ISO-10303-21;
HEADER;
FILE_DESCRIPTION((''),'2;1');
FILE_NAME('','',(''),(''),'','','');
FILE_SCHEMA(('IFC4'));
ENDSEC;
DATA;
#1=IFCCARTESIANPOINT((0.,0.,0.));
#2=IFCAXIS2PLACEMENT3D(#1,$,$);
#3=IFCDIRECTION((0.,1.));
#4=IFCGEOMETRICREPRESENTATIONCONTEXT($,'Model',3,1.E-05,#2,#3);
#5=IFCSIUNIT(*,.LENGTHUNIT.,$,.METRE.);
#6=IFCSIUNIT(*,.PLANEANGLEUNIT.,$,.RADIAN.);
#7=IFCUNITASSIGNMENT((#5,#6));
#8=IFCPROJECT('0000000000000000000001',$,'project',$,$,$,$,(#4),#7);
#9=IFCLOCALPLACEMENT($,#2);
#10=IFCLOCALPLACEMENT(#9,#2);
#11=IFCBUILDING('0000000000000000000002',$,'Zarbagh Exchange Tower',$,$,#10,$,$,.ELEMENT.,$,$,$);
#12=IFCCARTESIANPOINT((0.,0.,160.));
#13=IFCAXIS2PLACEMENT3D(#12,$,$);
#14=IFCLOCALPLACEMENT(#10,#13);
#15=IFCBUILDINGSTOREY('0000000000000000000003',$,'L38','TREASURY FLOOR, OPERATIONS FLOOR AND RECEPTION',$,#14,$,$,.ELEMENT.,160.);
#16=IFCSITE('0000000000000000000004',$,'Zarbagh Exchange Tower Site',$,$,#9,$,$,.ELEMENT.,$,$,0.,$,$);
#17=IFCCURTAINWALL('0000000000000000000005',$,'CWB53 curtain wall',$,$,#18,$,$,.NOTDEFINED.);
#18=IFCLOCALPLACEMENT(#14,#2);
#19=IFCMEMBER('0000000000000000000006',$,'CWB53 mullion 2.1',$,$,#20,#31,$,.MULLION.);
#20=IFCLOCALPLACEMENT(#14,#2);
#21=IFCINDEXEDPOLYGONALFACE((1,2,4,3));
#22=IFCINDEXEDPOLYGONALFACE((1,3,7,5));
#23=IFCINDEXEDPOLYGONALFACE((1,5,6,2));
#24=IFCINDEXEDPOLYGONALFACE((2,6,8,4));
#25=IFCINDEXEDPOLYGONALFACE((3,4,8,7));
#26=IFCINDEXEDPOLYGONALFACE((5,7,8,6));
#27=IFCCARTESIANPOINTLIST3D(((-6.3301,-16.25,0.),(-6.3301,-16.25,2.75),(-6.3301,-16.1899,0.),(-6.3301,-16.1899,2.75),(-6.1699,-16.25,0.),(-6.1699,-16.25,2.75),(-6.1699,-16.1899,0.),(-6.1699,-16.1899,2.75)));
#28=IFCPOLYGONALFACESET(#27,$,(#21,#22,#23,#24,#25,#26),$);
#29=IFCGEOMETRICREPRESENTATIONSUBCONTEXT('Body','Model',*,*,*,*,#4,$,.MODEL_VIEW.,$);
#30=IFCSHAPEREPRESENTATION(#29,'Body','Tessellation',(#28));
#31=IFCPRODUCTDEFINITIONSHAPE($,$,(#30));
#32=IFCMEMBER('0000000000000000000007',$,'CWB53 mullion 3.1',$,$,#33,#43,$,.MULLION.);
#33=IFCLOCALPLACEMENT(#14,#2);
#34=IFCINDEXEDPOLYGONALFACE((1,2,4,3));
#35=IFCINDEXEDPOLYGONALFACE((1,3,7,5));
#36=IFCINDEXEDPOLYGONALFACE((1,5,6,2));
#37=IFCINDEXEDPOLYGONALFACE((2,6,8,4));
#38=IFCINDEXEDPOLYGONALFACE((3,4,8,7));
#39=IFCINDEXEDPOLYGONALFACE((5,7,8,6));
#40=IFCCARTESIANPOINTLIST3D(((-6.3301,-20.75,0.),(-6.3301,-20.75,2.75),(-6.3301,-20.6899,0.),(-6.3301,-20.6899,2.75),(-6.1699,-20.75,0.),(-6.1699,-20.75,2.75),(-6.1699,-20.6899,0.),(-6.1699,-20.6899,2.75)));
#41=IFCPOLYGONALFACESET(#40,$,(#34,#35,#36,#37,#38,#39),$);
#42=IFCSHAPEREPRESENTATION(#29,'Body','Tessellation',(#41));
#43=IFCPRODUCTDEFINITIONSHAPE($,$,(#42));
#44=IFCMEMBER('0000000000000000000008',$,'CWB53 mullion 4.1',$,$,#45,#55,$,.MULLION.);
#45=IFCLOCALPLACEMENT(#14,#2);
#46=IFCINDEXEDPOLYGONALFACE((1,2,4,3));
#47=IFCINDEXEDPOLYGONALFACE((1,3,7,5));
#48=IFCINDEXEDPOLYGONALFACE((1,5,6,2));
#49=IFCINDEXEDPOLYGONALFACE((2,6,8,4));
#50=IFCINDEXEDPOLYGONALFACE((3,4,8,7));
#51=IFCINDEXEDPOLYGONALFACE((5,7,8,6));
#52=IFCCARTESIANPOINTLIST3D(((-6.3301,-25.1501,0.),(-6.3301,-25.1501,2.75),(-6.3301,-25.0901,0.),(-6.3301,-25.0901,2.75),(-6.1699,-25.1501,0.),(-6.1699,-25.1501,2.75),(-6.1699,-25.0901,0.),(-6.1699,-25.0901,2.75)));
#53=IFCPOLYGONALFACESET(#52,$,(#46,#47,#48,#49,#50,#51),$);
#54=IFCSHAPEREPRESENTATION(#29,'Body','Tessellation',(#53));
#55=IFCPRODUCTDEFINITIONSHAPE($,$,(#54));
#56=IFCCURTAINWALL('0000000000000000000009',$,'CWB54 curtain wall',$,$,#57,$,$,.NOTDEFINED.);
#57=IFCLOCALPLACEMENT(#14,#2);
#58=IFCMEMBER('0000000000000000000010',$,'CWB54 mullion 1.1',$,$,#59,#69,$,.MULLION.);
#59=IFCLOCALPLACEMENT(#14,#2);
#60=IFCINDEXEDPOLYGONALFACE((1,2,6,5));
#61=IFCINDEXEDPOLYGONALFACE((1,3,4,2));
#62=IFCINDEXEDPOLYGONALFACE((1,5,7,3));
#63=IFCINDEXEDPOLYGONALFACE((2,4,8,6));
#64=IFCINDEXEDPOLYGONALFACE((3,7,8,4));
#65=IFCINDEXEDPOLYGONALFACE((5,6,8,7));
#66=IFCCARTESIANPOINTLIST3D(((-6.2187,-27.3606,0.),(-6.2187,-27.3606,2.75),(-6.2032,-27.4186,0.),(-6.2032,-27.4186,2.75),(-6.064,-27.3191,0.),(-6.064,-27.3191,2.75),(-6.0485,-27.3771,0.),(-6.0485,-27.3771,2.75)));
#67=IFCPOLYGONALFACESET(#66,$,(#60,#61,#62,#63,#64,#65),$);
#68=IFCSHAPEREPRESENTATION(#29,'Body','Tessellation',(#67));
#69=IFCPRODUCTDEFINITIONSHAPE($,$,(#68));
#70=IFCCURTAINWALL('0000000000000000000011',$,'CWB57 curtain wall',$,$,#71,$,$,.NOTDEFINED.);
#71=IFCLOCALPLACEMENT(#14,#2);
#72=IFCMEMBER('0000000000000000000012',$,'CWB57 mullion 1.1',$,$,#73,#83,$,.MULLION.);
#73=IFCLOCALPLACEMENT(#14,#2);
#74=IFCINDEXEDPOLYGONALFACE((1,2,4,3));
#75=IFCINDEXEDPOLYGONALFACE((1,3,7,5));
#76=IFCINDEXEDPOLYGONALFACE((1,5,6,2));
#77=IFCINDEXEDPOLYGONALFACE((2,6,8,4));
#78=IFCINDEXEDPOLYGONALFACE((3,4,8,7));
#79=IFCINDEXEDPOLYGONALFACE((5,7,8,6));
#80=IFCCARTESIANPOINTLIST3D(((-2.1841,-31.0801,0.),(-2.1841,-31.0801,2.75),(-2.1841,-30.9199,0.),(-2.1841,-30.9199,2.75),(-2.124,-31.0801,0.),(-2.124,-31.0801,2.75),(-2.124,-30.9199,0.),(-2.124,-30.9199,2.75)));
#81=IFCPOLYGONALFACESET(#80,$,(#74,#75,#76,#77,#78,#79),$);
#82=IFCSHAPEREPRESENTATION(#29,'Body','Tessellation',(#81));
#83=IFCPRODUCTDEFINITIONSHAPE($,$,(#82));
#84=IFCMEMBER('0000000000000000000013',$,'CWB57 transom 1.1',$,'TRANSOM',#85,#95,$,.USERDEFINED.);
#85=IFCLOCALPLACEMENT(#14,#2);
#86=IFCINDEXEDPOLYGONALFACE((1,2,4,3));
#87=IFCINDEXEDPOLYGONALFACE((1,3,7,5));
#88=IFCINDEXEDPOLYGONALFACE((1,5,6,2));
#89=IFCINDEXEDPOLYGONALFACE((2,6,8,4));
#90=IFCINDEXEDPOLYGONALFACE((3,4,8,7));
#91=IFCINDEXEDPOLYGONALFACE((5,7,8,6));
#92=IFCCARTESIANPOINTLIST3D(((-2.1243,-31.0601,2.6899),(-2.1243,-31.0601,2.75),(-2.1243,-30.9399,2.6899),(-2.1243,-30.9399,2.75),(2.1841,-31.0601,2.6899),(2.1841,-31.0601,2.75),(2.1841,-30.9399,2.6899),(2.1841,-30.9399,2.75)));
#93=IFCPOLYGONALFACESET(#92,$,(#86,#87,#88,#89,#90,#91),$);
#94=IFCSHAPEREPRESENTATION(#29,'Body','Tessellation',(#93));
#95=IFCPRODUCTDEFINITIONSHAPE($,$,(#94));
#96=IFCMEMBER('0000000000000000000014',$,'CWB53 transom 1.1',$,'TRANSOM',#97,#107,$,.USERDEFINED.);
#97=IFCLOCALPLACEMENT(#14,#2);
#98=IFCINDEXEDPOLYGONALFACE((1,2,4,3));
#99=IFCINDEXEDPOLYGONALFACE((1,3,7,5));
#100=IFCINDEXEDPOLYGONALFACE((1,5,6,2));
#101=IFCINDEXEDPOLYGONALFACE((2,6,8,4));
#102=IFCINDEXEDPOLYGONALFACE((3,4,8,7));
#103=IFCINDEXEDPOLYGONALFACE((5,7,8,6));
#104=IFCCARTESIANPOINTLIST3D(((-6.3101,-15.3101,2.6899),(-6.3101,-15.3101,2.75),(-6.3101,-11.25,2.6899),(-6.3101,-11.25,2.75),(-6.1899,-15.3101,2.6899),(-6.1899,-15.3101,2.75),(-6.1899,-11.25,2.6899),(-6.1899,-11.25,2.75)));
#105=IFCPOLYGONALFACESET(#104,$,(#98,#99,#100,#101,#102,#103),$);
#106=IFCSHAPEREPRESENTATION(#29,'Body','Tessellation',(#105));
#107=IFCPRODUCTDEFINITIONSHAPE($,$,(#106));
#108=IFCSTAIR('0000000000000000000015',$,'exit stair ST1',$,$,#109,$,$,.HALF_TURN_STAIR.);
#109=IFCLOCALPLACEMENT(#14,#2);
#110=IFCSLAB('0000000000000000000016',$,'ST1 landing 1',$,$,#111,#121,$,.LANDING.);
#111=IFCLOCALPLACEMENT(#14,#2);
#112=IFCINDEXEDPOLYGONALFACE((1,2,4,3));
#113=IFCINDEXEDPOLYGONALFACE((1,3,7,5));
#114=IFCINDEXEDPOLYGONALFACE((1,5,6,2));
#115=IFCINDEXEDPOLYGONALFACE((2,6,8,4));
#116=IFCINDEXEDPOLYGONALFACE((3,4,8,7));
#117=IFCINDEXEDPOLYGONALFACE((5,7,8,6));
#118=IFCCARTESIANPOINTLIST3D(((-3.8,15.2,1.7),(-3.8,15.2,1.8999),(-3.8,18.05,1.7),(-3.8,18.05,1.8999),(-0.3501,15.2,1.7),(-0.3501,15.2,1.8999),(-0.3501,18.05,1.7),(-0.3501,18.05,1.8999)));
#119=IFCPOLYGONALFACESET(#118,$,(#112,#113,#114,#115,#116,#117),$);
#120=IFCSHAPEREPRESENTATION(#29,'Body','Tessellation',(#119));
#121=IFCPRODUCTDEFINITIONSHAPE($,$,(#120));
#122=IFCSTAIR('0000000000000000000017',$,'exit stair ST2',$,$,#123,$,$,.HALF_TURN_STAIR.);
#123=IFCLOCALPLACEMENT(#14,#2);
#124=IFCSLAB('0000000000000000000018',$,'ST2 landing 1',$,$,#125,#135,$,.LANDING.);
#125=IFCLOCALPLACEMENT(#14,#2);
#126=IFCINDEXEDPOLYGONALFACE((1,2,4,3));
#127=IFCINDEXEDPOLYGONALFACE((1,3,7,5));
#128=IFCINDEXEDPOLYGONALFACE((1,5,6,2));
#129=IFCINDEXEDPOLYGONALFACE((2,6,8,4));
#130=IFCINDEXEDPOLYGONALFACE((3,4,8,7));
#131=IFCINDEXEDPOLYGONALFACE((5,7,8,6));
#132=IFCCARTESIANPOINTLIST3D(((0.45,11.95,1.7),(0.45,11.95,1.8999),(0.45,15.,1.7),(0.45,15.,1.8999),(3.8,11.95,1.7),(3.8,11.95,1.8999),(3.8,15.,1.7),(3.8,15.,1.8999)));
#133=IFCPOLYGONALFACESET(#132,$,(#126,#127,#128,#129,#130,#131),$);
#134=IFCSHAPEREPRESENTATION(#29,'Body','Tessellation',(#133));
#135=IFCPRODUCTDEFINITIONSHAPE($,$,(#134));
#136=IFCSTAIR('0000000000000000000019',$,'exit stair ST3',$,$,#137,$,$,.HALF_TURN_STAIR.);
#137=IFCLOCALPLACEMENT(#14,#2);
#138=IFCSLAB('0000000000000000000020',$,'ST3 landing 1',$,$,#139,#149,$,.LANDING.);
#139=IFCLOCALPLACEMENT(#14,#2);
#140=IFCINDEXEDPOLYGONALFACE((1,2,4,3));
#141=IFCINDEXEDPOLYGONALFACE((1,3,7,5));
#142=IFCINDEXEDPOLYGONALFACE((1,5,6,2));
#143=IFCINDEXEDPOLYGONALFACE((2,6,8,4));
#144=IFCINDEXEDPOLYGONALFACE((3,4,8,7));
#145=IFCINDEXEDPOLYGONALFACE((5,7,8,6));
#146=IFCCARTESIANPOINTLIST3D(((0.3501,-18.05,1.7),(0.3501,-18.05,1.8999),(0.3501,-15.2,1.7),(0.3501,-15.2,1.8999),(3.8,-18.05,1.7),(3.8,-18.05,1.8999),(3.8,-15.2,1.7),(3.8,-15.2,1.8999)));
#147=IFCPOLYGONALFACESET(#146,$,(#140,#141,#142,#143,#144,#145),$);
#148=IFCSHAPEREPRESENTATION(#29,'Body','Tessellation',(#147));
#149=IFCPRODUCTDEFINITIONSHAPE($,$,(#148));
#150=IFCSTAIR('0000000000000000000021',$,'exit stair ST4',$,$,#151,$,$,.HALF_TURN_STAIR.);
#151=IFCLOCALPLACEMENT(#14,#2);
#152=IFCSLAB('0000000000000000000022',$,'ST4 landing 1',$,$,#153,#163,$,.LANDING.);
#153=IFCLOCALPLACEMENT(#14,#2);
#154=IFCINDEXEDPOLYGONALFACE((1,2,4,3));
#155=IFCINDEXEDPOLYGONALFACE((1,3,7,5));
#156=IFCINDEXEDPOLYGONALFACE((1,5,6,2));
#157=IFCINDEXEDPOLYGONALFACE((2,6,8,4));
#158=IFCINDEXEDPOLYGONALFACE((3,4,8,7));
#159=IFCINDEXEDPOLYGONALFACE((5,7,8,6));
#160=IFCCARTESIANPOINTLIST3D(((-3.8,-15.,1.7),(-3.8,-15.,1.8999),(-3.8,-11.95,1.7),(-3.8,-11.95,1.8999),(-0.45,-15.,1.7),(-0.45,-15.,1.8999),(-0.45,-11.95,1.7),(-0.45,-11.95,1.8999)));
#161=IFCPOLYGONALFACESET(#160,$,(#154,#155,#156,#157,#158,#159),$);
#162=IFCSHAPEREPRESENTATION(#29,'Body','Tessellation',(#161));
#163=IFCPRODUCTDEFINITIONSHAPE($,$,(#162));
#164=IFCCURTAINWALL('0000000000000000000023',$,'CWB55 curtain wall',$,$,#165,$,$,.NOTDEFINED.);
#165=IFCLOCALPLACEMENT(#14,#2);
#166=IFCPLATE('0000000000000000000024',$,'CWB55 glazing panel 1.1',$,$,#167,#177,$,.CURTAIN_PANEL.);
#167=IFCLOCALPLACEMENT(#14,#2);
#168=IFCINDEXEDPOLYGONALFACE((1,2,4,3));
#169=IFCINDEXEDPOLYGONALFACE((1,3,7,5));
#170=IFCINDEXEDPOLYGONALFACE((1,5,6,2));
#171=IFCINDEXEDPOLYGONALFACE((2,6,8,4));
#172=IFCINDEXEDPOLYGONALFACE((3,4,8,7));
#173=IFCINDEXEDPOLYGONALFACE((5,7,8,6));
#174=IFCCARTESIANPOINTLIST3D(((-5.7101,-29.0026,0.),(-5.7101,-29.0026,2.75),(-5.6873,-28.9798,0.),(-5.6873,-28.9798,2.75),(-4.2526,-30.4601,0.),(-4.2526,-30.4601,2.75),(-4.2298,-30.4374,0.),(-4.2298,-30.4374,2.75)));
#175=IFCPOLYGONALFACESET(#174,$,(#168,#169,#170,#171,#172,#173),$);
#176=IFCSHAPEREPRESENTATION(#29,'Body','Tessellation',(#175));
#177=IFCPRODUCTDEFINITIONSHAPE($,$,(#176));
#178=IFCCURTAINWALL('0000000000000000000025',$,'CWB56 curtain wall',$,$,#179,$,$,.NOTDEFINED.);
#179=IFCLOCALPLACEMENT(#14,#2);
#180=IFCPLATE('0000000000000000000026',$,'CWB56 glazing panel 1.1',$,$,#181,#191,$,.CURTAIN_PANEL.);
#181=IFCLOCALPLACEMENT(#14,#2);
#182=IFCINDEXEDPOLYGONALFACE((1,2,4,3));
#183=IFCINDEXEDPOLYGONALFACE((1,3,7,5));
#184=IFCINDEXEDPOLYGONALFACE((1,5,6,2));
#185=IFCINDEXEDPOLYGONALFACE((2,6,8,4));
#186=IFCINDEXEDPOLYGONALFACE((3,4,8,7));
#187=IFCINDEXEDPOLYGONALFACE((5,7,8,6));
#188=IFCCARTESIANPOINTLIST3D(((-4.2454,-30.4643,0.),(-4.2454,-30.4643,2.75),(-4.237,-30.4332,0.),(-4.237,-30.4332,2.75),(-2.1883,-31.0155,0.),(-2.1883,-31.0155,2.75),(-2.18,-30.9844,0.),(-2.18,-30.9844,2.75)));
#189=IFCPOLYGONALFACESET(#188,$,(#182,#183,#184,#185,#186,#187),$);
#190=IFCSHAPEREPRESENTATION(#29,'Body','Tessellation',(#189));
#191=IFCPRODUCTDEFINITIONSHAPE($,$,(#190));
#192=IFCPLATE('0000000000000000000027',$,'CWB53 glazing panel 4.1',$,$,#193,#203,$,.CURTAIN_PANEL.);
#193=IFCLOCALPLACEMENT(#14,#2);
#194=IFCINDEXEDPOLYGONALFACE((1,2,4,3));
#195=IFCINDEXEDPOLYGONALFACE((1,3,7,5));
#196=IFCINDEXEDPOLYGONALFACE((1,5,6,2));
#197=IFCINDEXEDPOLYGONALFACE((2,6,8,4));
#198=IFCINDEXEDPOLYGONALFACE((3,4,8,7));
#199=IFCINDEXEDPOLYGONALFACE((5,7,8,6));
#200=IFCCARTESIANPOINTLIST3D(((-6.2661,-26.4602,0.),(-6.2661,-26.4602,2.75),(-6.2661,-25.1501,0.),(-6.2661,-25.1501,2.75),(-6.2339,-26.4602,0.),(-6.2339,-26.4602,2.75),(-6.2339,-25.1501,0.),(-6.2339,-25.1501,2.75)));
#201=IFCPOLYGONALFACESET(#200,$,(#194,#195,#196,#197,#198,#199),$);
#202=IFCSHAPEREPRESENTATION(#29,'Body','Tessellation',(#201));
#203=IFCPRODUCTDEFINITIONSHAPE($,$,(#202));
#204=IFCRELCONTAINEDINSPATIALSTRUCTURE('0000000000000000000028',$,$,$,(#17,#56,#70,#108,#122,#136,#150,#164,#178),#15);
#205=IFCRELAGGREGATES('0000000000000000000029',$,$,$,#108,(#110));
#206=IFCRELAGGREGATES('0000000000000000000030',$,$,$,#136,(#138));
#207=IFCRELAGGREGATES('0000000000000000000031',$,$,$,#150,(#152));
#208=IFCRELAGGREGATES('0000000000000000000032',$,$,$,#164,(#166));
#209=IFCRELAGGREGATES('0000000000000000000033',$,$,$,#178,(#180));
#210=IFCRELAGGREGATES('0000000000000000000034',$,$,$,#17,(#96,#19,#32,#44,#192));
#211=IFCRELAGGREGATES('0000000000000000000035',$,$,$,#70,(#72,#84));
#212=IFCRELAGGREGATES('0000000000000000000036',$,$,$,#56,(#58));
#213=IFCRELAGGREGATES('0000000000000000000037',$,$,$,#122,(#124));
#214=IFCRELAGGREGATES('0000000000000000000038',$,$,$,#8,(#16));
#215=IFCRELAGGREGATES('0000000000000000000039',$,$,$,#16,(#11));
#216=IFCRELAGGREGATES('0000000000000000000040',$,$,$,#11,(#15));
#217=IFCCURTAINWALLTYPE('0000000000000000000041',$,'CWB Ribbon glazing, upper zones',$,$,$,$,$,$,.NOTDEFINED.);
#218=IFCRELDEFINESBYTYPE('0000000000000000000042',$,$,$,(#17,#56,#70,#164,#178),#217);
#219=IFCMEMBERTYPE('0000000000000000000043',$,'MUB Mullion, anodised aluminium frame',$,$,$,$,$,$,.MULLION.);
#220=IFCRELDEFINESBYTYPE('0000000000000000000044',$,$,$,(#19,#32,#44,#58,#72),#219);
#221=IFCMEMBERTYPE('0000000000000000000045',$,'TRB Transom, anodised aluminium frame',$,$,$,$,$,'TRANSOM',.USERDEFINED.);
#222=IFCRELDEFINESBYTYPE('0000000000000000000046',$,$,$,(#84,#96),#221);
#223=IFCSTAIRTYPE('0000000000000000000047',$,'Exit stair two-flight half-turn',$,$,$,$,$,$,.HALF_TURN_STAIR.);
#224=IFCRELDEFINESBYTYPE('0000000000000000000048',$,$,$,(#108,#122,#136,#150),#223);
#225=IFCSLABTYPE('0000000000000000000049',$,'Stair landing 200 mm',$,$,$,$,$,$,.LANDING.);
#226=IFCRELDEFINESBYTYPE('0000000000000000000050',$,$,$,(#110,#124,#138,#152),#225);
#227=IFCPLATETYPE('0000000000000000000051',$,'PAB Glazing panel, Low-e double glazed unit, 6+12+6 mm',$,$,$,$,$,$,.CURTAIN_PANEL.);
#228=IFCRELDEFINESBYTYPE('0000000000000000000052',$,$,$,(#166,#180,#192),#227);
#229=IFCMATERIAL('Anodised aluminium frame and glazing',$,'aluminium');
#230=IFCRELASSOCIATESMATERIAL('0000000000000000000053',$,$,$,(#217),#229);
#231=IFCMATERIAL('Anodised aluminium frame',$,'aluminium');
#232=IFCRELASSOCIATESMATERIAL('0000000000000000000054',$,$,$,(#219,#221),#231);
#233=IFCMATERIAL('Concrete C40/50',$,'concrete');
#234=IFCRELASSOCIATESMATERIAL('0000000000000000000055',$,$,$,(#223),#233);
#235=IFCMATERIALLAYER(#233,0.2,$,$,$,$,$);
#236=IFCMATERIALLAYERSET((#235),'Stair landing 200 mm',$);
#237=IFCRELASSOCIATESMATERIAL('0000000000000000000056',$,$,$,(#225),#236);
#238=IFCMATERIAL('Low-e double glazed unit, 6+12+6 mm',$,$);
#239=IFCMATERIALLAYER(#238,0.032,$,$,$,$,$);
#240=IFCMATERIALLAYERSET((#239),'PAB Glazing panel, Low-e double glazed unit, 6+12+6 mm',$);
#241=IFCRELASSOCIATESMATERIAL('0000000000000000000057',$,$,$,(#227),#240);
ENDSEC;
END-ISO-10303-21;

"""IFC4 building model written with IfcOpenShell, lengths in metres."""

from ifc_helpers import new_model, si_unit, direction, frame, origin, place, context, subcontext, project, spatial, polyline, outline, extrude, source, transform, mapped, material, layer, layer_set, type_object, element, aggregate, save


model = new_model("IFC4")

# Units and contexts
model_context = context("Model", 3, precision=1e-05, world=origin(), true_north=direction((0.0, 1.0)))
body_context = subcontext(model_context, "Body", "Model", "MODEL_VIEW")
ifc_project = project(units=[si_unit("LENGTHUNIT", "METRE"), si_unit("PLANEANGLEUNIT", "RADIAN")], contexts=[model_context])

# Site, building, storey
site_placement = place(None, origin())
site = spatial("IfcSite", under=ifc_project, at=site_placement, Name="Zarbagh Exchange Tower Site", CompositionType="ELEMENT", RefElevation=0.0)
building_placement = place(site_placement, origin())
building = spatial("IfcBuilding", under=site, at=building_placement, Name="Zarbagh Exchange Tower", CompositionType="ELEMENT")
storey_placement = place(building_placement, frame((0.0, 0.0, 160.0)))
storey = spatial("IfcBuildingStorey", under=building, at=storey_placement, Name="L38", Description="TREASURY FLOOR, OPERATIONS FLOOR AND RECEPTION", CompositionType="ELEMENT", Elevation=160.0)

# Curtain wall, members
ifc_material_1 = material(Name="Anodised aluminium frame and glazing", Category="aluminium")
curtain_wall_type = type_object("IfcCurtainWallType", Name="CWB Ribbon glazing, upper zones", PredefinedType="NOTDEFINED", material=ifc_material_1)
curtain_wall_1_placement = place(storey_placement, origin())
curtain_wall_1 = element("IfcCurtainWall", 1, at=curtain_wall_1_placement, inside=storey, type_object=curtain_wall_type, Name="CWB53 curtain wall", PredefinedType="NOTDEFINED")
ifc_material_2 = material(Name="Anodised aluminium frame", Category="aluminium")
member_type_1 = type_object("IfcMemberType", Name="MUB Mullion, anodised aluminium frame", PredefinedType="MULLION", material=ifc_material_2)
shared_shape_1 = source(origin(), body_context, "Body", "SweptSolid", [
    extrude(outline(polyline([(0.0, -0.0801), (0.0601, -0.0801), (0.0601, 0.0801), (0.0, 0.0801), (0.0, -0.0801)])), origin(), (0.0, 0.0, 1.0), 2.75),
])
placement = place(storey_placement, origin())
member_1 = element("IfcMember", 2, at=placement, type_object=member_type_1, Name="CWB53 mullion 2.1", PredefinedType="MULLION", context=body_context, shape_type="MappedRepresentation", body=[
    mapped(shared_shape_1, transform((-6.25, -16.1899, 0.0), x_axis=(0.0, -1.0, 0.0), y_axis=(1.0, 0.0, 0.0), z_axis=(0.0, 0.0, 1.0))),
])
member_2 = element("IfcMember", 3, at=placement, type_object=member_type_1, Name="CWB53 mullion 3.1", PredefinedType="MULLION", context=body_context, shape_type="MappedRepresentation", body=[
    mapped(shared_shape_1, transform((-6.25, -20.6899, 0.0), x_axis=(0.0, -1.0, 0.0), y_axis=(1.0, 0.0, 0.0), z_axis=(0.0, 0.0, 1.0))),
])
member_3 = element("IfcMember", 4, at=placement, type_object=member_type_1, Name="CWB53 mullion 4.1", PredefinedType="MULLION", context=body_context, shape_type="MappedRepresentation", body=[
    mapped(shared_shape_1, transform((-6.25, -25.0901, 0.0), x_axis=(0.0, -1.0, 0.0), y_axis=(1.0, 0.0, 0.0), z_axis=(0.0, 0.0, 1.0))),
])

# Curtain wall, member
curtain_wall_2_placement = place(storey_placement, origin())
curtain_wall_2 = element("IfcCurtainWall", 5, at=curtain_wall_2_placement, inside=storey, type_object=curtain_wall_type, Name="CWB54 curtain wall", PredefinedType="NOTDEFINED")
member_4 = element("IfcMember", 6, at=placement, type_object=member_type_1, Name="CWB54 mullion 1.1", PredefinedType="MULLION", context=body_context, shape_type="MappedRepresentation", body=[
    mapped(shared_shape_1, transform((-6.1414, -27.3398, 0.0), x_axis=(0.258825, -0.965924, 0.0), y_axis=(0.965924, 0.258825, 0.0), z_axis=(0.0, 0.0, 1.0))),
])

# Curtain wall, members
curtain_wall_3_placement = place(storey_placement, origin())
curtain_wall_3 = element("IfcCurtainWall", 7, at=curtain_wall_3_placement, inside=storey, type_object=curtain_wall_type, Name="CWB57 curtain wall", PredefinedType="NOTDEFINED")
member_5 = element("IfcMember", 8, at=placement, type_object=member_type_1, Name="CWB57 mullion 1.1", PredefinedType="MULLION", context=body_context, shape_type="MappedRepresentation", body=[
    mapped(shared_shape_1, transform((-2.1841, -31.0, 0.0), x_axis=(1.0, 0.0, 0.0), y_axis=(0.0, 1.0, 0.0), z_axis=(0.0, 0.0, 1.0))),
])
member_type_2 = type_object("IfcMemberType", Name="TRB Transom, anodised aluminium frame", ElementType="TRANSOM", PredefinedType="USERDEFINED", material=ifc_material_2)
shared_shape_2 = source(origin(), body_context, "Body", "SweptSolid", [
    extrude(outline(polyline([(-0.0601, -0.0601), (0.0, -0.0601), (0.0, 0.0601), (-0.0601, 0.0601), (-0.0601, -0.0601)])), origin(), (0.0, 0.0, 1.0), 4.3083),
])
member_6 = element("IfcMember", 9, at=placement, type_object=member_type_2, Name="CWB57 transom 1.1", ObjectType="TRANSOM", PredefinedType="USERDEFINED", context=body_context, shape_type="MappedRepresentation", body=[
    mapped(shared_shape_2, transform((-2.1243, -31.0, 2.75), x_axis=(0.0, 0.0, 1.0), y_axis=(0.0, -1.0, 0.0), z_axis=(1.0, 0.0, 0.0))),
])

# Member
shared_shape_3 = source(origin(), body_context, "Body", "SweptSolid", [
    extrude(outline(polyline([(-0.0601, -0.0601), (0.0, -0.0601), (0.0, 0.0601), (-0.0601, 0.0601), (-0.0601, -0.0601)])), origin(), (0.0, 0.0, 1.0), 4.0601),
])
member_7 = element("IfcMember", 10, at=placement, type_object=member_type_2, Name="CWB53 transom 1.1", ObjectType="TRANSOM", PredefinedType="USERDEFINED", context=body_context, shape_type="MappedRepresentation", body=[
    mapped(shared_shape_3, transform((-6.25, -11.25, 2.75), x_axis=(0.0, 0.0, 1.0), y_axis=(-1.0, 0.0, 0.0), z_axis=(0.0, -1.0, 0.0))),
])

# Stairs, slabs
ifc_material_3 = material(Name="Concrete C40/50", Category="concrete")
stair_type = type_object("IfcStairType", Name="Exit stair two-flight half-turn", PredefinedType="HALF_TURN_STAIR", material=ifc_material_3)
stair_1_placement = place(storey_placement, origin())
stair_1 = element("IfcStair", 11, at=stair_1_placement, inside=storey, type_object=stair_type, Name="exit stair ST1", PredefinedType="HALF_TURN_STAIR")
ifc_layer_1 = layer(ifc_material_3, 0.2)
ifc_layer_set_1 = layer_set([ifc_layer_1], Name="Stair landing 200 mm")
slab_type = type_object("IfcSlabType", Name="Stair landing 200 mm", PredefinedType="LANDING", material=ifc_layer_set_1)
slab_1_placement = place(storey_placement, frame((0.0, 0.0, 1.7)))
slab_1 = element("IfcSlab", 12, at=slab_1_placement, type_object=slab_type, Name="ST1 landing 1", PredefinedType="LANDING", context=body_context, shape_type="SweptSolid", body=[
    extrude(outline(polyline([(-0.3501, 18.05), (-3.8, 18.05), (-3.8, 15.2), (-0.3501, 15.2), (-0.3501, 18.05)])), origin(), (0.0, 0.0, 1.0), 0.2),
])
aggregate(stair_1, [slab_1])
stair_2_placement = place(storey_placement, origin())
stair_2 = element("IfcStair", 13, at=stair_2_placement, inside=storey, type_object=stair_type, Name="exit stair ST2", PredefinedType="HALF_TURN_STAIR")
slab_2_placement = place(storey_placement, frame((0.0, 0.0, 1.7)))
slab_2 = element("IfcSlab", 14, at=slab_2_placement, type_object=slab_type, Name="ST2 landing 1", PredefinedType="LANDING", context=body_context, shape_type="SweptSolid", body=[
    extrude(outline(polyline([(0.45, 11.95), (3.8, 11.95), (3.8, 15.0), (0.45, 15.0), (0.45, 11.95)])), origin(), (0.0, 0.0, 1.0), 0.2),
])
stair_3_placement = place(storey_placement, origin())
stair_3 = element("IfcStair", 15, at=stair_3_placement, inside=storey, type_object=stair_type, Name="exit stair ST3", PredefinedType="HALF_TURN_STAIR")
slab_3_placement = place(storey_placement, frame((0.0, 0.0, 1.7)))
slab_3 = element("IfcSlab", 16, at=slab_3_placement, type_object=slab_type, Name="ST3 landing 1", PredefinedType="LANDING", context=body_context, shape_type="SweptSolid", body=[
    extrude(outline(polyline([(0.3501, -18.05), (3.8, -18.05), (3.8, -15.2), (0.3501, -15.2), (0.3501, -18.05)])), origin(), (0.0, 0.0, 1.0), 0.2),
])
aggregate(stair_3, [slab_3])
stair_4_placement = place(storey_placement, origin())
stair_4 = element("IfcStair", 17, at=stair_4_placement, inside=storey, type_object=stair_type, Name="exit stair ST4", PredefinedType="HALF_TURN_STAIR")
slab_4_placement = place(storey_placement, frame((0.0, 0.0, 1.7)))
slab_4 = element("IfcSlab", 18, at=slab_4_placement, type_object=slab_type, Name="ST4 landing 1", PredefinedType="LANDING", context=body_context, shape_type="SweptSolid", body=[
    extrude(outline(polyline([(-0.45, -11.95), (-3.8, -11.95), (-3.8, -15.0), (-0.45, -15.0), (-0.45, -11.95)])), origin(), (0.0, 0.0, 1.0), 0.2),
])
aggregate(stair_4, [slab_4])

# Curtain walls, plates
curtain_wall_4_placement = place(storey_placement, origin())
curtain_wall_4 = element("IfcCurtainWall", 19, at=curtain_wall_4_placement, inside=storey, type_object=curtain_wall_type, Name="CWB55 curtain wall", PredefinedType="NOTDEFINED")
ifc_material_4 = material(Name="Low-e double glazed unit, 6+12+6 mm")
ifc_layer_2 = layer(ifc_material_4, 0.032)
ifc_layer_set_2 = layer_set([ifc_layer_2], Name="PAB Glazing panel, Low-e double glazed unit, 6+12+6 mm")
plate_type = type_object("IfcPlateType", Name="PAB Glazing panel, Low-e double glazed unit, 6+12+6 mm", PredefinedType="CURTAIN_PANEL", material=ifc_layer_set_2)
shared_shape_4 = source(origin(), body_context, "Body", "SweptSolid", [
    extrude(outline(polyline([(0.0, -0.0161), (2.0613, -0.0161), (2.0613, 0.0161), (0.0, 0.0161), (0.0, -0.0161)])), origin(), (0.0, 0.0, 1.0), 2.75),
])
plate_1 = element("IfcPlate", 20, at=placement, type_object=plate_type, Name="CWB55 glazing panel 1.1", PredefinedType="CURTAIN_PANEL", context=body_context, shape_type="MappedRepresentation", body=[
    mapped(shared_shape_4, transform((-5.6987, -28.9912, 0.0), x_axis=(0.707107, -0.707107, 0.0), y_axis=(0.707107, 0.707107, 0.0), z_axis=(0.0, 0.0, 1.0))),
])
aggregate(curtain_wall_4, [plate_1])
curtain_wall_5_placement = place(storey_placement, origin())
curtain_wall_5 = element("IfcCurtainWall", 21, at=curtain_wall_5_placement, inside=storey, type_object=curtain_wall_type, Name="CWB56 curtain wall", PredefinedType="NOTDEFINED")
shared_shape_5 = source(origin(), body_context, "Body", "SweptSolid", [
    extrude(outline(polyline([(0.0, -0.0161), (2.1296, -0.0161), (2.1296, 0.0161), (0.0, 0.0161), (0.0, -0.0161)])), origin(), (0.0, 0.0, 1.0), 2.75),
])
plate_2 = element("IfcPlate", 22, at=placement, type_object=plate_type, Name="CWB56 glazing panel 1.1", PredefinedType="CURTAIN_PANEL", context=body_context, shape_type="MappedRepresentation", body=[
    mapped(shared_shape_5, transform((-4.2412, -30.4487, 0.0), x_axis=(0.965924, -0.258825, 0.0), y_axis=(0.258825, 0.965924, 0.0), z_axis=(0.0, 0.0, 1.0))),
])
aggregate(curtain_wall_5, [plate_2])

# Plate
shared_shape_6 = source(origin(), body_context, "Body", "SweptSolid", [
    extrude(outline(polyline([(0.0, -0.0161), (1.3101, -0.0161), (1.3101, 0.0161), (0.0, 0.0161), (0.0, -0.0161)])), origin(), (0.0, 0.0, 1.0), 2.75),
])
plate_3 = element("IfcPlate", 23, at=placement, type_object=plate_type, Name="CWB53 glazing panel 4.1", PredefinedType="CURTAIN_PANEL", context=body_context, shape_type="MappedRepresentation", body=[
    mapped(shared_shape_6, transform((-6.25, -25.1501, 0.0), x_axis=(0.0, -1.0, 0.0), y_axis=(1.0, 0.0, 0.0), z_axis=(0.0, 0.0, 1.0))),
])
aggregate(curtain_wall_1, [member_7, member_1, member_2, member_3, plate_3])
aggregate(curtain_wall_3, [member_5, member_6])
aggregate(curtain_wall_2, [member_4])

aggregate(stair_2, [slab_2])

save(model, "model.ifc")
